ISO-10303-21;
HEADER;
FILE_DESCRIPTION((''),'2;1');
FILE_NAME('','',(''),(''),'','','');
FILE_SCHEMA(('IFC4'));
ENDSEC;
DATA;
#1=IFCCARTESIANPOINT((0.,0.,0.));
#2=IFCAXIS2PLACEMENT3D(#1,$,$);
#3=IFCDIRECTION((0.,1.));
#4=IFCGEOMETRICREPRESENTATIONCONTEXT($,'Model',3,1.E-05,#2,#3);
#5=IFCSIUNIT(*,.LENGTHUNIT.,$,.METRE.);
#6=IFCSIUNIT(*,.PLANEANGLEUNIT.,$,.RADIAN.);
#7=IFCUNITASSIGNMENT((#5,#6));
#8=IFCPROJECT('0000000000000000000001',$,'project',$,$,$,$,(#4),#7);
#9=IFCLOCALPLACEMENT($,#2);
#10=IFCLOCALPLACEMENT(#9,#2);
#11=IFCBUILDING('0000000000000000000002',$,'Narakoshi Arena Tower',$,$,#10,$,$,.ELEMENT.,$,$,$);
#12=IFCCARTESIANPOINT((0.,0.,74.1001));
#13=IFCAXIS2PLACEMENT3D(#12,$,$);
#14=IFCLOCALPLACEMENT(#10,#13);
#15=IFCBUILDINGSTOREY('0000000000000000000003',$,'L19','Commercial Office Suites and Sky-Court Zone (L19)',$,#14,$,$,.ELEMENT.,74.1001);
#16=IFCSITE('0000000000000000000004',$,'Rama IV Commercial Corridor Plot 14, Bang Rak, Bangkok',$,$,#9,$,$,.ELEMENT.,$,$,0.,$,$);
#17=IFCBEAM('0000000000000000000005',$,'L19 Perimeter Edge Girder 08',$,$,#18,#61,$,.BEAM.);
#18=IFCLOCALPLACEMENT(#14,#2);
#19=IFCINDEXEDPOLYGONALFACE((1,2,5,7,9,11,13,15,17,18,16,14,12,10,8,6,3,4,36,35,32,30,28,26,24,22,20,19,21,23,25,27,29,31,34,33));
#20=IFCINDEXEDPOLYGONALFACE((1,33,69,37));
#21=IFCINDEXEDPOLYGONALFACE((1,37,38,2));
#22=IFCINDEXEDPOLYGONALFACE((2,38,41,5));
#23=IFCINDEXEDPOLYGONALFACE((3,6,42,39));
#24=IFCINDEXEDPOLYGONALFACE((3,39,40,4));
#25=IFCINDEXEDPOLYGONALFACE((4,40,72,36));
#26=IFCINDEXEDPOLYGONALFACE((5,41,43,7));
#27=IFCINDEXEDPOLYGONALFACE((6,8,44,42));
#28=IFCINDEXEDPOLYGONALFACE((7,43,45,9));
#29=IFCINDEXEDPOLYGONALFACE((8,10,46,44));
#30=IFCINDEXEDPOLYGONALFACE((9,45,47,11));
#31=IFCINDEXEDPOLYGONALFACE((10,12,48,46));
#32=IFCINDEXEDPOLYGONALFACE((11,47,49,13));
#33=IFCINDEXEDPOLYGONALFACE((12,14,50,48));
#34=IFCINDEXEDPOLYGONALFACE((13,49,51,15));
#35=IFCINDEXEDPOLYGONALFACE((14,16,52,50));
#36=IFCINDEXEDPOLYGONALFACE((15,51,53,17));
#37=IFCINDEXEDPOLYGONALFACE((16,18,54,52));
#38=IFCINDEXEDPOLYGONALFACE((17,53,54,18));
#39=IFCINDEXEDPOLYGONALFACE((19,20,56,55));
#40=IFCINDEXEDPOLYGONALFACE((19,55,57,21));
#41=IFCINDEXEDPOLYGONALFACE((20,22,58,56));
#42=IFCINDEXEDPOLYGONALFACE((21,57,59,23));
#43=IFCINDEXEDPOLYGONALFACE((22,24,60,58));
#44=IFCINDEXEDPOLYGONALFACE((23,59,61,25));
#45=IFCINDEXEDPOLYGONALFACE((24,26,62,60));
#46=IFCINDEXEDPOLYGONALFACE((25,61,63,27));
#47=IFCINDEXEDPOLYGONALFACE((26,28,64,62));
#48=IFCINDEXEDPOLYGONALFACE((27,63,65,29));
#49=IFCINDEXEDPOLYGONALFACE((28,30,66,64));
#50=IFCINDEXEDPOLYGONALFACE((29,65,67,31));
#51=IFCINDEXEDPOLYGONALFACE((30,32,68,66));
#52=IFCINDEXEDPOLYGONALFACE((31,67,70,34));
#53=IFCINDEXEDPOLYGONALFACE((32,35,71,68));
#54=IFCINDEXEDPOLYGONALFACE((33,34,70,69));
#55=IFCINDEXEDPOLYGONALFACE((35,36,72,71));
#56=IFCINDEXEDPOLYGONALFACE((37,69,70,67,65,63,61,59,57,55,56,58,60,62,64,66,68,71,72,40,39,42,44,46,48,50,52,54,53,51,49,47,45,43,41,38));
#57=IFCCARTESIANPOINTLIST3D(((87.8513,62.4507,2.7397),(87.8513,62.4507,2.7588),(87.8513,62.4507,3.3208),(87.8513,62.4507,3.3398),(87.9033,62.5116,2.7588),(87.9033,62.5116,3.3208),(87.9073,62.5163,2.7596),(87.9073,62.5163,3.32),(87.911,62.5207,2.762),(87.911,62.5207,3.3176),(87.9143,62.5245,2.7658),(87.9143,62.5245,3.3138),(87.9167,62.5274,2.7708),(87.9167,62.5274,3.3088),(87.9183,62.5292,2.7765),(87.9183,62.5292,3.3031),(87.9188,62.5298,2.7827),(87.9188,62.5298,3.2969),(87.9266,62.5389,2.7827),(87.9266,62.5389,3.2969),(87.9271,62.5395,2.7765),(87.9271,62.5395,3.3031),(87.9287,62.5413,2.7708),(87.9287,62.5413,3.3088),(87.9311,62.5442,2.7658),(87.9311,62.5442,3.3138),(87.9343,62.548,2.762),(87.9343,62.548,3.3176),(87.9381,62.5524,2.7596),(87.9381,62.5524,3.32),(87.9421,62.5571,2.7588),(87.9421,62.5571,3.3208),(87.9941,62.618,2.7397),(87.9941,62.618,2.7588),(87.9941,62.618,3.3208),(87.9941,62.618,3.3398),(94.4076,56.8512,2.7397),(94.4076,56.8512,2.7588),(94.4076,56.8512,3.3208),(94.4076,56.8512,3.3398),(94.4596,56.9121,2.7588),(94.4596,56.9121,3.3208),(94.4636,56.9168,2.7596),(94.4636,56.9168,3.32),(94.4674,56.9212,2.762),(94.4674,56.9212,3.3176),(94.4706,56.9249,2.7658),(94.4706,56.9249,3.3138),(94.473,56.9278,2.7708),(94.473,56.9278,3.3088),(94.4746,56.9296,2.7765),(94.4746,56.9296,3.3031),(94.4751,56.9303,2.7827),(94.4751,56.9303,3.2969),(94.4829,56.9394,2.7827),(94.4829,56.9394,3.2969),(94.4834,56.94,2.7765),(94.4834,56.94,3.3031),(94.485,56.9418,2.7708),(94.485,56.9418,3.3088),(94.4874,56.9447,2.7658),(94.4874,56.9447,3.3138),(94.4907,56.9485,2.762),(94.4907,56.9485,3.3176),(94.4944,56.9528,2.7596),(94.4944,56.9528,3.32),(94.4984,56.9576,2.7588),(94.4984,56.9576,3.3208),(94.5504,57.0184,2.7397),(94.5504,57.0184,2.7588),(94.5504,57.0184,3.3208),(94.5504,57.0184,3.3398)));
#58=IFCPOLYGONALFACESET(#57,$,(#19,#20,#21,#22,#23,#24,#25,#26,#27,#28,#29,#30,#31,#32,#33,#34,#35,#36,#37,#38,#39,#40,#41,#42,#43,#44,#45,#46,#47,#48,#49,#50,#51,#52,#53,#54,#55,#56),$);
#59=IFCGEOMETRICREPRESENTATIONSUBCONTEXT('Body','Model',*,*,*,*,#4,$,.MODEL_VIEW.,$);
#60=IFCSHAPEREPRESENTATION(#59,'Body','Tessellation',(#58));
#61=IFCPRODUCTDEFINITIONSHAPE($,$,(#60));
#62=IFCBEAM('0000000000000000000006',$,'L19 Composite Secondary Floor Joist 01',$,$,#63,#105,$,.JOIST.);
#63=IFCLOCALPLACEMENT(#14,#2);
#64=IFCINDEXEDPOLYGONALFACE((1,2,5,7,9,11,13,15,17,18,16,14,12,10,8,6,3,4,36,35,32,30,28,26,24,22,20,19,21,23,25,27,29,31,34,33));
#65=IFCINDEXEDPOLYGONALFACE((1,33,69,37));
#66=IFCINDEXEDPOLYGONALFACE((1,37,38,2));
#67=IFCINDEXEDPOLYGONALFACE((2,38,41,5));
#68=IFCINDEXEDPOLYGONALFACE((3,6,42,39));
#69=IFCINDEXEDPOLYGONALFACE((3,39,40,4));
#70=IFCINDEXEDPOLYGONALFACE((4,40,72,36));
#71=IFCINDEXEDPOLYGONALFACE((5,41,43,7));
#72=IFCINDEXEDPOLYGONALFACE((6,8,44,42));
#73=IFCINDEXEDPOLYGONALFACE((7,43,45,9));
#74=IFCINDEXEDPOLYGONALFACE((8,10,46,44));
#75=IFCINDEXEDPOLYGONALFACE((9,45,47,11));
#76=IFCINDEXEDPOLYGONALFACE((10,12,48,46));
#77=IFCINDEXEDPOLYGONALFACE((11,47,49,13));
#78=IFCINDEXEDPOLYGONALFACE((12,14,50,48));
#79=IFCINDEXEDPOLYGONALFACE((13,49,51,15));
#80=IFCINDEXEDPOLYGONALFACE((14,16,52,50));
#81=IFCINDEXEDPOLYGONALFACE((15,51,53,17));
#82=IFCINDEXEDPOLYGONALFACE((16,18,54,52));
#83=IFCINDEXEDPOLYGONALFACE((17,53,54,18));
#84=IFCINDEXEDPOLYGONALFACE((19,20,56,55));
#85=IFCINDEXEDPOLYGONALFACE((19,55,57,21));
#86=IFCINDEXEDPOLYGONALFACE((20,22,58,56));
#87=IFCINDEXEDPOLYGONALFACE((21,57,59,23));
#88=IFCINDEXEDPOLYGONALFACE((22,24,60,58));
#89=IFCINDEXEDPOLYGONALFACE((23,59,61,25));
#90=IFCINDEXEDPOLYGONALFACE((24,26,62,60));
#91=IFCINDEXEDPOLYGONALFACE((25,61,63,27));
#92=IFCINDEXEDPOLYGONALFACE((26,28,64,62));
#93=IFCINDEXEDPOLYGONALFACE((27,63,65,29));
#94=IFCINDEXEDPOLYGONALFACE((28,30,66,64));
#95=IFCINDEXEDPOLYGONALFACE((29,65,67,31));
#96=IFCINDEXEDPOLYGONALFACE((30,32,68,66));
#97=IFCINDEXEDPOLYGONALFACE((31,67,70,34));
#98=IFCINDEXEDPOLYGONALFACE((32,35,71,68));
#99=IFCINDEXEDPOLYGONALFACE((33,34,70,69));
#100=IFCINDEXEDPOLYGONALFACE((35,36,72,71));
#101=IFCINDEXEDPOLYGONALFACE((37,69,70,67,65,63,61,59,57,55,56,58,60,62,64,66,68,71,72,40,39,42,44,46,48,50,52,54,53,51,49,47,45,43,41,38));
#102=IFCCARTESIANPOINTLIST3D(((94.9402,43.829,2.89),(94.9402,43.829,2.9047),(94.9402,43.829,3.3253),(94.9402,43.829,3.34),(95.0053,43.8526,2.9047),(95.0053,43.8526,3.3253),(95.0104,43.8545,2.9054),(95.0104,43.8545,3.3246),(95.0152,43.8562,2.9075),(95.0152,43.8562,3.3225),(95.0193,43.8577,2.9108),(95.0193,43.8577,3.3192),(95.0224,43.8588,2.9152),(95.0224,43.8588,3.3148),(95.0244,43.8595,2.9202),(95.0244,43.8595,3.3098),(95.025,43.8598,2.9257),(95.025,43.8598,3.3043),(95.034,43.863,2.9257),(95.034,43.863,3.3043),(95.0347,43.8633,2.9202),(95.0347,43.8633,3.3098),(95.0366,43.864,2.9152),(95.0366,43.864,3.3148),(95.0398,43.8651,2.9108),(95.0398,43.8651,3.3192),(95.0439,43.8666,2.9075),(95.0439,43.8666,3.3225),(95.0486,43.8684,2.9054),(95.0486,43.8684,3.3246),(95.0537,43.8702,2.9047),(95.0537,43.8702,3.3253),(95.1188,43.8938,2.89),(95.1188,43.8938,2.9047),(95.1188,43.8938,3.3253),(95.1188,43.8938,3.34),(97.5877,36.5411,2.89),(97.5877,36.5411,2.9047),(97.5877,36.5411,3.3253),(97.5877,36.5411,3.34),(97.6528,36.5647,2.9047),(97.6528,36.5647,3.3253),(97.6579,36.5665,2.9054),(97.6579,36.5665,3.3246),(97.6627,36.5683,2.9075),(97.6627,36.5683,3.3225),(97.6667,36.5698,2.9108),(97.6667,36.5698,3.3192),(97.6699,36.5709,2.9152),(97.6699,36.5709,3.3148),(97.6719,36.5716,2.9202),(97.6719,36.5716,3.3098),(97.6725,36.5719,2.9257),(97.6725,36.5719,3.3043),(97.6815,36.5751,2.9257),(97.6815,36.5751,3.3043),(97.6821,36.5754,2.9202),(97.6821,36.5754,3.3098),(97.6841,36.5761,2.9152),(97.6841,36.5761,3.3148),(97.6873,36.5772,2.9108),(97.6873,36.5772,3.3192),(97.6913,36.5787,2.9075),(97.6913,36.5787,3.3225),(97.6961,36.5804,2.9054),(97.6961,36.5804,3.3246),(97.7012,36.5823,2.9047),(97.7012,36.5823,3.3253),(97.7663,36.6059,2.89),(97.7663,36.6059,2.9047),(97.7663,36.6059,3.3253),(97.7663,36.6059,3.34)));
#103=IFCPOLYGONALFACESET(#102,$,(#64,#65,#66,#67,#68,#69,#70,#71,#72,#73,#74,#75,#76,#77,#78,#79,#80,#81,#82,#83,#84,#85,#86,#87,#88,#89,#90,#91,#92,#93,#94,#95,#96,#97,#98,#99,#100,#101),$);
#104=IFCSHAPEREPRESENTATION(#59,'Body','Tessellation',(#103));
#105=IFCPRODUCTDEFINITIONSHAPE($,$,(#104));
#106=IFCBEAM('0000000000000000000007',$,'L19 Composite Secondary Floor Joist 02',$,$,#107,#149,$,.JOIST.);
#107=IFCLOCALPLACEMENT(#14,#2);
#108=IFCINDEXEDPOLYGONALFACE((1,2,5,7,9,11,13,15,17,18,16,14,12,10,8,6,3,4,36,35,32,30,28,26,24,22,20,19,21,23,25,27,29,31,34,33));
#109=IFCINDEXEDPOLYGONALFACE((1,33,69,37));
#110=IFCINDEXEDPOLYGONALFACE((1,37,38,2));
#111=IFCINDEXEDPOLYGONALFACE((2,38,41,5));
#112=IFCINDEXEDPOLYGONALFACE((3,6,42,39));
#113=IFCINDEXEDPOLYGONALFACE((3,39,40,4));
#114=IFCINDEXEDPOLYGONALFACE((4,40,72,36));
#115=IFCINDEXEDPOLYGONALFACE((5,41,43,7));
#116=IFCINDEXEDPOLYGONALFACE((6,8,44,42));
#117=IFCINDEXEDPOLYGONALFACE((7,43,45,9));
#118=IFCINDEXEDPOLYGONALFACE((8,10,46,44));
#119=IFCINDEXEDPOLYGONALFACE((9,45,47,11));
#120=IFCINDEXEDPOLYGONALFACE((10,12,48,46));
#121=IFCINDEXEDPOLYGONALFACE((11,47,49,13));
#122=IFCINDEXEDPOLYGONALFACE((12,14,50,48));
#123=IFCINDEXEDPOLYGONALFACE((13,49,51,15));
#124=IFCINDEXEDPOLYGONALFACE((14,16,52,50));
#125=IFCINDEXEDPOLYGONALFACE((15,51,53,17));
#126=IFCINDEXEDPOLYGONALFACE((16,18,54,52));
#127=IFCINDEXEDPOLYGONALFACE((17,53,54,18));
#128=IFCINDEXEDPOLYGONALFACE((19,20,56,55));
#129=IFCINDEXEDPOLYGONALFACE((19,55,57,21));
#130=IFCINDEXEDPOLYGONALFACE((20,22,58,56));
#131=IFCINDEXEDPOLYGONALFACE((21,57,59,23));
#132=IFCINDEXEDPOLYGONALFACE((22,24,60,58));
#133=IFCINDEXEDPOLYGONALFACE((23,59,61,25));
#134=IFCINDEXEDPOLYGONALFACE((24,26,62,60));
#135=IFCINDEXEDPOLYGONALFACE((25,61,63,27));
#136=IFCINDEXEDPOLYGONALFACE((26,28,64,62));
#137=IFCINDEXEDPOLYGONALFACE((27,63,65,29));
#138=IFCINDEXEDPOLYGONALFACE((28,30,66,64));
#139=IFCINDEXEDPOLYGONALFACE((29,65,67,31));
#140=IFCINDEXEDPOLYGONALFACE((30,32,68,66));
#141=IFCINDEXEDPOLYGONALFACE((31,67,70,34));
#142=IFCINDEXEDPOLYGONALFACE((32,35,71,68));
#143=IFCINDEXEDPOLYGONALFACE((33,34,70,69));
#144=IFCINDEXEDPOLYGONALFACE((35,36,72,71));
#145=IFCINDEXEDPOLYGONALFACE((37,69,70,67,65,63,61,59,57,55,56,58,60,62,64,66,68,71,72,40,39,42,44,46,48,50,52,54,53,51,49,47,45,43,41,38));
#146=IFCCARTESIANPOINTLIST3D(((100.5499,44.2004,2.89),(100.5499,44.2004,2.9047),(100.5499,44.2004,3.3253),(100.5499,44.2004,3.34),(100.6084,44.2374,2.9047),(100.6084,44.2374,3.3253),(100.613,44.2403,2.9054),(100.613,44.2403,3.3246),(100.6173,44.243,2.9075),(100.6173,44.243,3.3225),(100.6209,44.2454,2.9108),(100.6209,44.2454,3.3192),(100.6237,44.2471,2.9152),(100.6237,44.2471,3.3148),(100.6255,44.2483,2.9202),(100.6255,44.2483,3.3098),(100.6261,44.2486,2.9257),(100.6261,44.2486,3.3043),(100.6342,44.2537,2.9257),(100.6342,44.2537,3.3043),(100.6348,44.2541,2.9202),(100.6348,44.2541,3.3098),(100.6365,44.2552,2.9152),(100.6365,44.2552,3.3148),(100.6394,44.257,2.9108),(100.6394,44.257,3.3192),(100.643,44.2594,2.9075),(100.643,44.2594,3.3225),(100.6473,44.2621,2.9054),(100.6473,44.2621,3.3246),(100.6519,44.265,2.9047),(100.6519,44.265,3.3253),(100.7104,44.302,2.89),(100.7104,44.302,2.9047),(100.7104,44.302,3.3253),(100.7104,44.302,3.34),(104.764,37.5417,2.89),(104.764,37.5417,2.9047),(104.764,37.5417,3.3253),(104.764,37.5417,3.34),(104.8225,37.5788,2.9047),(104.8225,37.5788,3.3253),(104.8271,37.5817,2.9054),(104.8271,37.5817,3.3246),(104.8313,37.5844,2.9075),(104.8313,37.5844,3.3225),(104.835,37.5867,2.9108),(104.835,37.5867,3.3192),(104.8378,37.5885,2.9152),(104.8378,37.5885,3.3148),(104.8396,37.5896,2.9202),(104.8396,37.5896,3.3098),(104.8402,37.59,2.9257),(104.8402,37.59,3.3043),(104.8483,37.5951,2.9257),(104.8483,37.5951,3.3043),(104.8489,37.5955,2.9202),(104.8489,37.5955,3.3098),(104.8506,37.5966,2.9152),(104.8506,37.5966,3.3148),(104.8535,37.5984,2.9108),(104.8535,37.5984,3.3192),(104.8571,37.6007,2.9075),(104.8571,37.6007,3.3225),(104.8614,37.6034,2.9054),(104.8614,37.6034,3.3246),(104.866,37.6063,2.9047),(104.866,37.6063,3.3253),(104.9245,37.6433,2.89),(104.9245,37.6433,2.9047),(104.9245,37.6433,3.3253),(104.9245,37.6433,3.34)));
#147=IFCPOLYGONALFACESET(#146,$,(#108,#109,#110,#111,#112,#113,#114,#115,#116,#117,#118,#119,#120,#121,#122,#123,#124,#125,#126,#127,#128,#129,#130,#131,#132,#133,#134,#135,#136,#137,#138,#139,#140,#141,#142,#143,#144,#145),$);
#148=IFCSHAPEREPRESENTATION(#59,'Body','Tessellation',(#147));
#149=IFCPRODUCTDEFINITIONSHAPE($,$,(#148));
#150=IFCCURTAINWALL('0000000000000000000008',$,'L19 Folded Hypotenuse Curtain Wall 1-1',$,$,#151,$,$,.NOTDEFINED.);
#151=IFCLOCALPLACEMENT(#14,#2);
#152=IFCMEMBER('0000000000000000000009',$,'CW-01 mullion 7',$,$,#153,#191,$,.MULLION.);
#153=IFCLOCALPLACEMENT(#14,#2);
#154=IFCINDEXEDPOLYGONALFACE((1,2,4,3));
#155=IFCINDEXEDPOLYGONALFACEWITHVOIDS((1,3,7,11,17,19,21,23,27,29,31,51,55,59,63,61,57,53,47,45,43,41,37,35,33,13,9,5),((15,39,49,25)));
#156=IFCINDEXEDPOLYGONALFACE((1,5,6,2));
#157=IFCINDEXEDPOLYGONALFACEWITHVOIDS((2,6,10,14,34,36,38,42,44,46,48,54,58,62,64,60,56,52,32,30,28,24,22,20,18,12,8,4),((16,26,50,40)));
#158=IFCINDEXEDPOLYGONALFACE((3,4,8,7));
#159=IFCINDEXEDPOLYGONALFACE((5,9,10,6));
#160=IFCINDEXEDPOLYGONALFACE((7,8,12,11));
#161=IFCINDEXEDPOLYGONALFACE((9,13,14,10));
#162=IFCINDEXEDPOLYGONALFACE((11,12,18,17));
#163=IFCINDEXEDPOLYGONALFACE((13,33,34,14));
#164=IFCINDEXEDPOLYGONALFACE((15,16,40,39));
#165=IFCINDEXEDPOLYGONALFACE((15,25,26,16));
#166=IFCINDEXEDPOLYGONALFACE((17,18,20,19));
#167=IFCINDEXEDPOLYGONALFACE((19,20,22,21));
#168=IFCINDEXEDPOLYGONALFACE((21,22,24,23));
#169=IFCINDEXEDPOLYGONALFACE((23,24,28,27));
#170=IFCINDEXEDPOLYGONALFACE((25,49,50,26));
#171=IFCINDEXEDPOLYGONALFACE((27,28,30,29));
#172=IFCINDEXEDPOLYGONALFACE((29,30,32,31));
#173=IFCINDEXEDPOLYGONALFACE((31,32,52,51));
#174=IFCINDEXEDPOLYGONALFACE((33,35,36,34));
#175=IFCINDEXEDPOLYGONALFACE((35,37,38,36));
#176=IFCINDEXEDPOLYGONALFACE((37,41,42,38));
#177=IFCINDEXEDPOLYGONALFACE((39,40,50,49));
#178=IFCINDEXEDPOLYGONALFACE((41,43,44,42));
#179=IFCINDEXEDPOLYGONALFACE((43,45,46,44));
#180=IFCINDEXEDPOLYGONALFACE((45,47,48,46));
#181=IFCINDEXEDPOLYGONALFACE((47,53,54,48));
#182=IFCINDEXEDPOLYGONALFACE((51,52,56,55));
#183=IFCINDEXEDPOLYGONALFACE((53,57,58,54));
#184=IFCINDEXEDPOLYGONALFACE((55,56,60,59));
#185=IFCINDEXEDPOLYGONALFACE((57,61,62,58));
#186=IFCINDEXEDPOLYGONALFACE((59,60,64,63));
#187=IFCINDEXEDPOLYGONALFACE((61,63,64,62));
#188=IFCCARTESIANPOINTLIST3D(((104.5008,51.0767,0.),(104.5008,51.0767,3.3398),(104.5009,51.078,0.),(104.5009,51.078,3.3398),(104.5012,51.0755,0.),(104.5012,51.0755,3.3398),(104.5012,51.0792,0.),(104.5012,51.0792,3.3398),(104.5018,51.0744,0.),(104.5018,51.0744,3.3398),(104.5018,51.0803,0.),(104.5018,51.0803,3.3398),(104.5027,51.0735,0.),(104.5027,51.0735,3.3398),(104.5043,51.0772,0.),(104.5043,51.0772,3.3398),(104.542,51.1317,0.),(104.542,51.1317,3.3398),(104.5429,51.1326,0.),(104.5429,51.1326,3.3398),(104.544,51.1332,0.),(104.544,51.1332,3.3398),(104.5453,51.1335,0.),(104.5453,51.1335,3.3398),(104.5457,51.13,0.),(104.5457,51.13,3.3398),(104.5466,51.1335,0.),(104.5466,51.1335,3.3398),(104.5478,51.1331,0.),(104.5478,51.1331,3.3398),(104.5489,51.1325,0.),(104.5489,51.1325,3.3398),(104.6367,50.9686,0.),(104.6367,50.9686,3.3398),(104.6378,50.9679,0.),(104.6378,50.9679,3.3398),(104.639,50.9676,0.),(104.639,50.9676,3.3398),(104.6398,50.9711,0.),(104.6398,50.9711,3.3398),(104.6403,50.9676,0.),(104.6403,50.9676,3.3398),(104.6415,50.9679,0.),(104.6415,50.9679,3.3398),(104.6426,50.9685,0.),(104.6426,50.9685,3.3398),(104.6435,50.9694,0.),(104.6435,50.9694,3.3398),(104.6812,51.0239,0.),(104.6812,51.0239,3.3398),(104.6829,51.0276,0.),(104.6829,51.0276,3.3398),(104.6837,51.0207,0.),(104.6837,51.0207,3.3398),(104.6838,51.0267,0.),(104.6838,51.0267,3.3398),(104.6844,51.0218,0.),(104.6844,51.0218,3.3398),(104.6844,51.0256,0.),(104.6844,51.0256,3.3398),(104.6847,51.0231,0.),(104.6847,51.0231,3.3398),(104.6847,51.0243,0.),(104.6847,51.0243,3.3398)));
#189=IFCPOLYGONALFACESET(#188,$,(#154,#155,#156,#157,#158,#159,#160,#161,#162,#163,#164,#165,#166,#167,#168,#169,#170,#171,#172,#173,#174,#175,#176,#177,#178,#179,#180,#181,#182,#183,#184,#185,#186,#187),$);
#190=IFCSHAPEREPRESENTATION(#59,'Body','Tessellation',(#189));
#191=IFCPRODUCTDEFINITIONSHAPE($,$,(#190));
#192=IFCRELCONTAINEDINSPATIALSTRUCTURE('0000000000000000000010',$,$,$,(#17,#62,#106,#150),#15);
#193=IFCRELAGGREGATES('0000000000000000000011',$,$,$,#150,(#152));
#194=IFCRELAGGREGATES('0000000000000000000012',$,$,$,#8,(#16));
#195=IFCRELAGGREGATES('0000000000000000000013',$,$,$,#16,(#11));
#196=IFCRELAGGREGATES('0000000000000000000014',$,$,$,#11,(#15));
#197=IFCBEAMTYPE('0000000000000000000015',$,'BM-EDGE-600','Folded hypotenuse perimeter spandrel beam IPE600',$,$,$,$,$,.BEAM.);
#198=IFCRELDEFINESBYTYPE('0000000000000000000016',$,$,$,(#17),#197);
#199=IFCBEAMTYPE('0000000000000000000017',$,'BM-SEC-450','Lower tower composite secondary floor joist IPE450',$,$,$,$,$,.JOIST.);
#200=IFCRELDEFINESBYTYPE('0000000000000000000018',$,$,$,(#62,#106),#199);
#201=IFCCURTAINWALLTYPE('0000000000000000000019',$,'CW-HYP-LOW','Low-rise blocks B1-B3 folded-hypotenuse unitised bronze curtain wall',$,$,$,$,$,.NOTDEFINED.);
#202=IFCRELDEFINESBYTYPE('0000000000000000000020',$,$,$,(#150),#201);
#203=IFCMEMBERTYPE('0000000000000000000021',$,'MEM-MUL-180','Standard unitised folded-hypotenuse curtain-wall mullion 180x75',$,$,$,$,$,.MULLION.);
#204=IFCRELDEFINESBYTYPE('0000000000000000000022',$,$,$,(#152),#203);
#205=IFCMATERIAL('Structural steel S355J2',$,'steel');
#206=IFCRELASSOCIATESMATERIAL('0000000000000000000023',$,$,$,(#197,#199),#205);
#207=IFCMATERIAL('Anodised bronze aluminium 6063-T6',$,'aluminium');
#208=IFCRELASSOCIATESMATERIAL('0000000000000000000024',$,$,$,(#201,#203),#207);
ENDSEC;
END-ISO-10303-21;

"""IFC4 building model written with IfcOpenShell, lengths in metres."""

from ifc_helpers import new_model, si_unit, direction, frame, origin, origin_2d, place, context, subcontext, project, spatial, hollow_rectangle, i_section, extrude, material, material_profile, profile_set, type_object, element, aggregate, save


model = new_model("IFC4")

# Units and contexts
model_context = context("Model", 3, precision=1e-05, world=origin(), true_north=direction((0.0, 1.0)))
body_context = subcontext(model_context, "Body", "Model", "MODEL_VIEW")
ifc_project = project(units=[si_unit("LENGTHUNIT", "METRE"), si_unit("PLANEANGLEUNIT", "RADIAN")], contexts=[model_context])

# Site, building, storey
site_placement = place(None, origin())
site = spatial("IfcSite", under=ifc_project, at=site_placement, Name="Rama IV Commercial Corridor Plot 14, Bang Rak, Bangkok", CompositionType="ELEMENT", RefElevation=0.0)
building_placement = place(site_placement, origin())
building = spatial("IfcBuilding", under=site, at=building_placement, Name="Narakoshi Arena Tower", CompositionType="ELEMENT")
storey_placement = place(building_placement, frame((0.0, 0.0, 74.1001)))
storey = spatial("IfcBuildingStorey", under=building, at=storey_placement, Name="L19", Description="Commercial Office Suites and Sky-Court Zone (L19)", CompositionType="ELEMENT", Elevation=74.1001)

# Beams
ifc_material_1 = material(Name="Structural steel S355J2", Category="steel")
ifc_material_profile_1 = material_profile(ifc_material_1, i_section(OverallWidth=0.22, OverallDepth=0.6001, WebThickness=0.012, FlangeThickness=0.019, FilletRadius=0.0239, at=origin_2d()), Name="IPE600")
ifc_profile_set_1 = profile_set([ifc_material_profile_1], Name="Structural steel S355J2")
beam_type_1 = type_object("IfcBeamType", Name="BM-EDGE-600", Description="Folded hypotenuse perimeter spandrel beam IPE600", PredefinedType="BEAM", material=ifc_profile_set_1)
beam_1_placement = place(storey_placement, frame((94.479, 56.9348, 3.0398), z_axis=(-0.760411, 0.649443, 0.0), x_axis=(-0.649443, -0.760411, 0.0)))
element("IfcBeam", 1, at=beam_1_placement, inside=storey, type_object=beam_type_1, Name="L19 Perimeter Edge Girder 08", PredefinedType="BEAM", context=body_context, shape_type="SweptSolid", body=[
    extrude(i_section(OverallWidth=0.22, OverallDepth=0.6001, WebThickness=0.012, FlangeThickness=0.019, FilletRadius=0.0239, at=origin_2d()), origin(), (0.0, 0.0, 1.0), 8.6221),
])
ifc_material_profile_2 = material_profile(ifc_material_1, i_section(OverallWidth=0.1899, OverallDepth=0.45, WebThickness=0.0095, FlangeThickness=0.0146, FilletRadius=0.021, at=origin_2d()), Name="IPE450")
ifc_profile_set_2 = profile_set([ifc_material_profile_2], Name="Structural steel S355J2")
beam_type_2 = type_object("IfcBeamType", Name="BM-SEC-450", Description="Lower tower composite secondary floor joist IPE450", PredefinedType="JOIST", material=ifc_profile_set_2)
beam_2_placement = place(storey_placement, frame((97.677, 36.5735, 3.115), z_axis=(-0.34144, 0.939904, 0.0), x_axis=(-0.939904, -0.34144, 0.0)))
element("IfcBeam", 2, at=beam_2_placement, inside=storey, type_object=beam_type_2, Name="L19 Composite Secondary Floor Joist 01", PredefinedType="JOIST", context=body_context, shape_type="SweptSolid", body=[
    extrude(i_section(OverallWidth=0.1899, OverallDepth=0.45, WebThickness=0.0095, FlangeThickness=0.0146, FilletRadius=0.021, at=origin_2d()), origin(), (0.0, 0.0, 1.0), 7.7539),
])
beam_3_placement = place(storey_placement, frame((104.8442, 37.5925, 3.115), z_axis=(-0.534775, 0.844995, 0.0), x_axis=(-0.844995, -0.534775, 0.0)))
element("IfcBeam", 3, at=beam_3_placement, inside=storey, type_object=beam_type_2, Name="L19 Composite Secondary Floor Joist 02", PredefinedType="JOIST", context=body_context, shape_type="SweptSolid", body=[
    extrude(i_section(OverallWidth=0.1899, OverallDepth=0.45, WebThickness=0.0095, FlangeThickness=0.0146, FilletRadius=0.021, at=origin_2d()), origin(), (0.0, 0.0, 1.0), 7.8801),
])

# Curtain wall, member
ifc_material_2 = material(Name="Anodised bronze aluminium 6063-T6", Category="aluminium")
curtain_wall_type = type_object("IfcCurtainWallType", Name="CW-HYP-LOW", Description="Low-rise blocks B1-B3 folded-hypotenuse unitised bronze curtain wall", PredefinedType="NOTDEFINED", material=ifc_material_2)
curtain_wall_placement = place(storey_placement, origin())
curtain_wall = element("IfcCurtainWall", 4, at=curtain_wall_placement, inside=storey, type_object=curtain_wall_type, Name="L19 Folded Hypotenuse Curtain Wall 1-1", PredefinedType="NOTDEFINED")
ifc_material_profile_3 = material_profile(ifc_material_2, hollow_rectangle(XDim=0.075, YDim=0.1799, WallThickness=0.0039, OuterFilletRadius=0.0049, at=origin_2d()), Name="MUL180x75x4")
ifc_profile_set_3 = profile_set([ifc_material_profile_3], Name="Anodised bronze aluminium 6063-T6")
member_type_1 = type_object("IfcMemberType", Name="MEM-MUL-180", Description="Standard unitised folded-hypotenuse curtain-wall mullion 180x75", PredefinedType="MULLION", material=ifc_profile_set_3)
member_1_placement = place(storey_placement, frame((104.5928, 51.0505, 0.0), z_axis=(0.0, 0.0, 1.0), x_axis=(-0.616458, -0.787388, 0.0)))
member_1 = element("IfcMember", 5, at=member_1_placement, type_object=member_type_1, Name="CW-01 mullion 7", PredefinedType="MULLION", context=body_context, shape_type="SweptSolid", body=[
    extrude(hollow_rectangle(XDim=0.075, YDim=0.1799, WallThickness=0.0039, OuterFilletRadius=0.0049, at=origin_2d()), origin(), (0.0, 0.0, 1.0), 3.3398),
])
aggregate(curtain_wall, [member_1])

save(model, "model.ifc")
